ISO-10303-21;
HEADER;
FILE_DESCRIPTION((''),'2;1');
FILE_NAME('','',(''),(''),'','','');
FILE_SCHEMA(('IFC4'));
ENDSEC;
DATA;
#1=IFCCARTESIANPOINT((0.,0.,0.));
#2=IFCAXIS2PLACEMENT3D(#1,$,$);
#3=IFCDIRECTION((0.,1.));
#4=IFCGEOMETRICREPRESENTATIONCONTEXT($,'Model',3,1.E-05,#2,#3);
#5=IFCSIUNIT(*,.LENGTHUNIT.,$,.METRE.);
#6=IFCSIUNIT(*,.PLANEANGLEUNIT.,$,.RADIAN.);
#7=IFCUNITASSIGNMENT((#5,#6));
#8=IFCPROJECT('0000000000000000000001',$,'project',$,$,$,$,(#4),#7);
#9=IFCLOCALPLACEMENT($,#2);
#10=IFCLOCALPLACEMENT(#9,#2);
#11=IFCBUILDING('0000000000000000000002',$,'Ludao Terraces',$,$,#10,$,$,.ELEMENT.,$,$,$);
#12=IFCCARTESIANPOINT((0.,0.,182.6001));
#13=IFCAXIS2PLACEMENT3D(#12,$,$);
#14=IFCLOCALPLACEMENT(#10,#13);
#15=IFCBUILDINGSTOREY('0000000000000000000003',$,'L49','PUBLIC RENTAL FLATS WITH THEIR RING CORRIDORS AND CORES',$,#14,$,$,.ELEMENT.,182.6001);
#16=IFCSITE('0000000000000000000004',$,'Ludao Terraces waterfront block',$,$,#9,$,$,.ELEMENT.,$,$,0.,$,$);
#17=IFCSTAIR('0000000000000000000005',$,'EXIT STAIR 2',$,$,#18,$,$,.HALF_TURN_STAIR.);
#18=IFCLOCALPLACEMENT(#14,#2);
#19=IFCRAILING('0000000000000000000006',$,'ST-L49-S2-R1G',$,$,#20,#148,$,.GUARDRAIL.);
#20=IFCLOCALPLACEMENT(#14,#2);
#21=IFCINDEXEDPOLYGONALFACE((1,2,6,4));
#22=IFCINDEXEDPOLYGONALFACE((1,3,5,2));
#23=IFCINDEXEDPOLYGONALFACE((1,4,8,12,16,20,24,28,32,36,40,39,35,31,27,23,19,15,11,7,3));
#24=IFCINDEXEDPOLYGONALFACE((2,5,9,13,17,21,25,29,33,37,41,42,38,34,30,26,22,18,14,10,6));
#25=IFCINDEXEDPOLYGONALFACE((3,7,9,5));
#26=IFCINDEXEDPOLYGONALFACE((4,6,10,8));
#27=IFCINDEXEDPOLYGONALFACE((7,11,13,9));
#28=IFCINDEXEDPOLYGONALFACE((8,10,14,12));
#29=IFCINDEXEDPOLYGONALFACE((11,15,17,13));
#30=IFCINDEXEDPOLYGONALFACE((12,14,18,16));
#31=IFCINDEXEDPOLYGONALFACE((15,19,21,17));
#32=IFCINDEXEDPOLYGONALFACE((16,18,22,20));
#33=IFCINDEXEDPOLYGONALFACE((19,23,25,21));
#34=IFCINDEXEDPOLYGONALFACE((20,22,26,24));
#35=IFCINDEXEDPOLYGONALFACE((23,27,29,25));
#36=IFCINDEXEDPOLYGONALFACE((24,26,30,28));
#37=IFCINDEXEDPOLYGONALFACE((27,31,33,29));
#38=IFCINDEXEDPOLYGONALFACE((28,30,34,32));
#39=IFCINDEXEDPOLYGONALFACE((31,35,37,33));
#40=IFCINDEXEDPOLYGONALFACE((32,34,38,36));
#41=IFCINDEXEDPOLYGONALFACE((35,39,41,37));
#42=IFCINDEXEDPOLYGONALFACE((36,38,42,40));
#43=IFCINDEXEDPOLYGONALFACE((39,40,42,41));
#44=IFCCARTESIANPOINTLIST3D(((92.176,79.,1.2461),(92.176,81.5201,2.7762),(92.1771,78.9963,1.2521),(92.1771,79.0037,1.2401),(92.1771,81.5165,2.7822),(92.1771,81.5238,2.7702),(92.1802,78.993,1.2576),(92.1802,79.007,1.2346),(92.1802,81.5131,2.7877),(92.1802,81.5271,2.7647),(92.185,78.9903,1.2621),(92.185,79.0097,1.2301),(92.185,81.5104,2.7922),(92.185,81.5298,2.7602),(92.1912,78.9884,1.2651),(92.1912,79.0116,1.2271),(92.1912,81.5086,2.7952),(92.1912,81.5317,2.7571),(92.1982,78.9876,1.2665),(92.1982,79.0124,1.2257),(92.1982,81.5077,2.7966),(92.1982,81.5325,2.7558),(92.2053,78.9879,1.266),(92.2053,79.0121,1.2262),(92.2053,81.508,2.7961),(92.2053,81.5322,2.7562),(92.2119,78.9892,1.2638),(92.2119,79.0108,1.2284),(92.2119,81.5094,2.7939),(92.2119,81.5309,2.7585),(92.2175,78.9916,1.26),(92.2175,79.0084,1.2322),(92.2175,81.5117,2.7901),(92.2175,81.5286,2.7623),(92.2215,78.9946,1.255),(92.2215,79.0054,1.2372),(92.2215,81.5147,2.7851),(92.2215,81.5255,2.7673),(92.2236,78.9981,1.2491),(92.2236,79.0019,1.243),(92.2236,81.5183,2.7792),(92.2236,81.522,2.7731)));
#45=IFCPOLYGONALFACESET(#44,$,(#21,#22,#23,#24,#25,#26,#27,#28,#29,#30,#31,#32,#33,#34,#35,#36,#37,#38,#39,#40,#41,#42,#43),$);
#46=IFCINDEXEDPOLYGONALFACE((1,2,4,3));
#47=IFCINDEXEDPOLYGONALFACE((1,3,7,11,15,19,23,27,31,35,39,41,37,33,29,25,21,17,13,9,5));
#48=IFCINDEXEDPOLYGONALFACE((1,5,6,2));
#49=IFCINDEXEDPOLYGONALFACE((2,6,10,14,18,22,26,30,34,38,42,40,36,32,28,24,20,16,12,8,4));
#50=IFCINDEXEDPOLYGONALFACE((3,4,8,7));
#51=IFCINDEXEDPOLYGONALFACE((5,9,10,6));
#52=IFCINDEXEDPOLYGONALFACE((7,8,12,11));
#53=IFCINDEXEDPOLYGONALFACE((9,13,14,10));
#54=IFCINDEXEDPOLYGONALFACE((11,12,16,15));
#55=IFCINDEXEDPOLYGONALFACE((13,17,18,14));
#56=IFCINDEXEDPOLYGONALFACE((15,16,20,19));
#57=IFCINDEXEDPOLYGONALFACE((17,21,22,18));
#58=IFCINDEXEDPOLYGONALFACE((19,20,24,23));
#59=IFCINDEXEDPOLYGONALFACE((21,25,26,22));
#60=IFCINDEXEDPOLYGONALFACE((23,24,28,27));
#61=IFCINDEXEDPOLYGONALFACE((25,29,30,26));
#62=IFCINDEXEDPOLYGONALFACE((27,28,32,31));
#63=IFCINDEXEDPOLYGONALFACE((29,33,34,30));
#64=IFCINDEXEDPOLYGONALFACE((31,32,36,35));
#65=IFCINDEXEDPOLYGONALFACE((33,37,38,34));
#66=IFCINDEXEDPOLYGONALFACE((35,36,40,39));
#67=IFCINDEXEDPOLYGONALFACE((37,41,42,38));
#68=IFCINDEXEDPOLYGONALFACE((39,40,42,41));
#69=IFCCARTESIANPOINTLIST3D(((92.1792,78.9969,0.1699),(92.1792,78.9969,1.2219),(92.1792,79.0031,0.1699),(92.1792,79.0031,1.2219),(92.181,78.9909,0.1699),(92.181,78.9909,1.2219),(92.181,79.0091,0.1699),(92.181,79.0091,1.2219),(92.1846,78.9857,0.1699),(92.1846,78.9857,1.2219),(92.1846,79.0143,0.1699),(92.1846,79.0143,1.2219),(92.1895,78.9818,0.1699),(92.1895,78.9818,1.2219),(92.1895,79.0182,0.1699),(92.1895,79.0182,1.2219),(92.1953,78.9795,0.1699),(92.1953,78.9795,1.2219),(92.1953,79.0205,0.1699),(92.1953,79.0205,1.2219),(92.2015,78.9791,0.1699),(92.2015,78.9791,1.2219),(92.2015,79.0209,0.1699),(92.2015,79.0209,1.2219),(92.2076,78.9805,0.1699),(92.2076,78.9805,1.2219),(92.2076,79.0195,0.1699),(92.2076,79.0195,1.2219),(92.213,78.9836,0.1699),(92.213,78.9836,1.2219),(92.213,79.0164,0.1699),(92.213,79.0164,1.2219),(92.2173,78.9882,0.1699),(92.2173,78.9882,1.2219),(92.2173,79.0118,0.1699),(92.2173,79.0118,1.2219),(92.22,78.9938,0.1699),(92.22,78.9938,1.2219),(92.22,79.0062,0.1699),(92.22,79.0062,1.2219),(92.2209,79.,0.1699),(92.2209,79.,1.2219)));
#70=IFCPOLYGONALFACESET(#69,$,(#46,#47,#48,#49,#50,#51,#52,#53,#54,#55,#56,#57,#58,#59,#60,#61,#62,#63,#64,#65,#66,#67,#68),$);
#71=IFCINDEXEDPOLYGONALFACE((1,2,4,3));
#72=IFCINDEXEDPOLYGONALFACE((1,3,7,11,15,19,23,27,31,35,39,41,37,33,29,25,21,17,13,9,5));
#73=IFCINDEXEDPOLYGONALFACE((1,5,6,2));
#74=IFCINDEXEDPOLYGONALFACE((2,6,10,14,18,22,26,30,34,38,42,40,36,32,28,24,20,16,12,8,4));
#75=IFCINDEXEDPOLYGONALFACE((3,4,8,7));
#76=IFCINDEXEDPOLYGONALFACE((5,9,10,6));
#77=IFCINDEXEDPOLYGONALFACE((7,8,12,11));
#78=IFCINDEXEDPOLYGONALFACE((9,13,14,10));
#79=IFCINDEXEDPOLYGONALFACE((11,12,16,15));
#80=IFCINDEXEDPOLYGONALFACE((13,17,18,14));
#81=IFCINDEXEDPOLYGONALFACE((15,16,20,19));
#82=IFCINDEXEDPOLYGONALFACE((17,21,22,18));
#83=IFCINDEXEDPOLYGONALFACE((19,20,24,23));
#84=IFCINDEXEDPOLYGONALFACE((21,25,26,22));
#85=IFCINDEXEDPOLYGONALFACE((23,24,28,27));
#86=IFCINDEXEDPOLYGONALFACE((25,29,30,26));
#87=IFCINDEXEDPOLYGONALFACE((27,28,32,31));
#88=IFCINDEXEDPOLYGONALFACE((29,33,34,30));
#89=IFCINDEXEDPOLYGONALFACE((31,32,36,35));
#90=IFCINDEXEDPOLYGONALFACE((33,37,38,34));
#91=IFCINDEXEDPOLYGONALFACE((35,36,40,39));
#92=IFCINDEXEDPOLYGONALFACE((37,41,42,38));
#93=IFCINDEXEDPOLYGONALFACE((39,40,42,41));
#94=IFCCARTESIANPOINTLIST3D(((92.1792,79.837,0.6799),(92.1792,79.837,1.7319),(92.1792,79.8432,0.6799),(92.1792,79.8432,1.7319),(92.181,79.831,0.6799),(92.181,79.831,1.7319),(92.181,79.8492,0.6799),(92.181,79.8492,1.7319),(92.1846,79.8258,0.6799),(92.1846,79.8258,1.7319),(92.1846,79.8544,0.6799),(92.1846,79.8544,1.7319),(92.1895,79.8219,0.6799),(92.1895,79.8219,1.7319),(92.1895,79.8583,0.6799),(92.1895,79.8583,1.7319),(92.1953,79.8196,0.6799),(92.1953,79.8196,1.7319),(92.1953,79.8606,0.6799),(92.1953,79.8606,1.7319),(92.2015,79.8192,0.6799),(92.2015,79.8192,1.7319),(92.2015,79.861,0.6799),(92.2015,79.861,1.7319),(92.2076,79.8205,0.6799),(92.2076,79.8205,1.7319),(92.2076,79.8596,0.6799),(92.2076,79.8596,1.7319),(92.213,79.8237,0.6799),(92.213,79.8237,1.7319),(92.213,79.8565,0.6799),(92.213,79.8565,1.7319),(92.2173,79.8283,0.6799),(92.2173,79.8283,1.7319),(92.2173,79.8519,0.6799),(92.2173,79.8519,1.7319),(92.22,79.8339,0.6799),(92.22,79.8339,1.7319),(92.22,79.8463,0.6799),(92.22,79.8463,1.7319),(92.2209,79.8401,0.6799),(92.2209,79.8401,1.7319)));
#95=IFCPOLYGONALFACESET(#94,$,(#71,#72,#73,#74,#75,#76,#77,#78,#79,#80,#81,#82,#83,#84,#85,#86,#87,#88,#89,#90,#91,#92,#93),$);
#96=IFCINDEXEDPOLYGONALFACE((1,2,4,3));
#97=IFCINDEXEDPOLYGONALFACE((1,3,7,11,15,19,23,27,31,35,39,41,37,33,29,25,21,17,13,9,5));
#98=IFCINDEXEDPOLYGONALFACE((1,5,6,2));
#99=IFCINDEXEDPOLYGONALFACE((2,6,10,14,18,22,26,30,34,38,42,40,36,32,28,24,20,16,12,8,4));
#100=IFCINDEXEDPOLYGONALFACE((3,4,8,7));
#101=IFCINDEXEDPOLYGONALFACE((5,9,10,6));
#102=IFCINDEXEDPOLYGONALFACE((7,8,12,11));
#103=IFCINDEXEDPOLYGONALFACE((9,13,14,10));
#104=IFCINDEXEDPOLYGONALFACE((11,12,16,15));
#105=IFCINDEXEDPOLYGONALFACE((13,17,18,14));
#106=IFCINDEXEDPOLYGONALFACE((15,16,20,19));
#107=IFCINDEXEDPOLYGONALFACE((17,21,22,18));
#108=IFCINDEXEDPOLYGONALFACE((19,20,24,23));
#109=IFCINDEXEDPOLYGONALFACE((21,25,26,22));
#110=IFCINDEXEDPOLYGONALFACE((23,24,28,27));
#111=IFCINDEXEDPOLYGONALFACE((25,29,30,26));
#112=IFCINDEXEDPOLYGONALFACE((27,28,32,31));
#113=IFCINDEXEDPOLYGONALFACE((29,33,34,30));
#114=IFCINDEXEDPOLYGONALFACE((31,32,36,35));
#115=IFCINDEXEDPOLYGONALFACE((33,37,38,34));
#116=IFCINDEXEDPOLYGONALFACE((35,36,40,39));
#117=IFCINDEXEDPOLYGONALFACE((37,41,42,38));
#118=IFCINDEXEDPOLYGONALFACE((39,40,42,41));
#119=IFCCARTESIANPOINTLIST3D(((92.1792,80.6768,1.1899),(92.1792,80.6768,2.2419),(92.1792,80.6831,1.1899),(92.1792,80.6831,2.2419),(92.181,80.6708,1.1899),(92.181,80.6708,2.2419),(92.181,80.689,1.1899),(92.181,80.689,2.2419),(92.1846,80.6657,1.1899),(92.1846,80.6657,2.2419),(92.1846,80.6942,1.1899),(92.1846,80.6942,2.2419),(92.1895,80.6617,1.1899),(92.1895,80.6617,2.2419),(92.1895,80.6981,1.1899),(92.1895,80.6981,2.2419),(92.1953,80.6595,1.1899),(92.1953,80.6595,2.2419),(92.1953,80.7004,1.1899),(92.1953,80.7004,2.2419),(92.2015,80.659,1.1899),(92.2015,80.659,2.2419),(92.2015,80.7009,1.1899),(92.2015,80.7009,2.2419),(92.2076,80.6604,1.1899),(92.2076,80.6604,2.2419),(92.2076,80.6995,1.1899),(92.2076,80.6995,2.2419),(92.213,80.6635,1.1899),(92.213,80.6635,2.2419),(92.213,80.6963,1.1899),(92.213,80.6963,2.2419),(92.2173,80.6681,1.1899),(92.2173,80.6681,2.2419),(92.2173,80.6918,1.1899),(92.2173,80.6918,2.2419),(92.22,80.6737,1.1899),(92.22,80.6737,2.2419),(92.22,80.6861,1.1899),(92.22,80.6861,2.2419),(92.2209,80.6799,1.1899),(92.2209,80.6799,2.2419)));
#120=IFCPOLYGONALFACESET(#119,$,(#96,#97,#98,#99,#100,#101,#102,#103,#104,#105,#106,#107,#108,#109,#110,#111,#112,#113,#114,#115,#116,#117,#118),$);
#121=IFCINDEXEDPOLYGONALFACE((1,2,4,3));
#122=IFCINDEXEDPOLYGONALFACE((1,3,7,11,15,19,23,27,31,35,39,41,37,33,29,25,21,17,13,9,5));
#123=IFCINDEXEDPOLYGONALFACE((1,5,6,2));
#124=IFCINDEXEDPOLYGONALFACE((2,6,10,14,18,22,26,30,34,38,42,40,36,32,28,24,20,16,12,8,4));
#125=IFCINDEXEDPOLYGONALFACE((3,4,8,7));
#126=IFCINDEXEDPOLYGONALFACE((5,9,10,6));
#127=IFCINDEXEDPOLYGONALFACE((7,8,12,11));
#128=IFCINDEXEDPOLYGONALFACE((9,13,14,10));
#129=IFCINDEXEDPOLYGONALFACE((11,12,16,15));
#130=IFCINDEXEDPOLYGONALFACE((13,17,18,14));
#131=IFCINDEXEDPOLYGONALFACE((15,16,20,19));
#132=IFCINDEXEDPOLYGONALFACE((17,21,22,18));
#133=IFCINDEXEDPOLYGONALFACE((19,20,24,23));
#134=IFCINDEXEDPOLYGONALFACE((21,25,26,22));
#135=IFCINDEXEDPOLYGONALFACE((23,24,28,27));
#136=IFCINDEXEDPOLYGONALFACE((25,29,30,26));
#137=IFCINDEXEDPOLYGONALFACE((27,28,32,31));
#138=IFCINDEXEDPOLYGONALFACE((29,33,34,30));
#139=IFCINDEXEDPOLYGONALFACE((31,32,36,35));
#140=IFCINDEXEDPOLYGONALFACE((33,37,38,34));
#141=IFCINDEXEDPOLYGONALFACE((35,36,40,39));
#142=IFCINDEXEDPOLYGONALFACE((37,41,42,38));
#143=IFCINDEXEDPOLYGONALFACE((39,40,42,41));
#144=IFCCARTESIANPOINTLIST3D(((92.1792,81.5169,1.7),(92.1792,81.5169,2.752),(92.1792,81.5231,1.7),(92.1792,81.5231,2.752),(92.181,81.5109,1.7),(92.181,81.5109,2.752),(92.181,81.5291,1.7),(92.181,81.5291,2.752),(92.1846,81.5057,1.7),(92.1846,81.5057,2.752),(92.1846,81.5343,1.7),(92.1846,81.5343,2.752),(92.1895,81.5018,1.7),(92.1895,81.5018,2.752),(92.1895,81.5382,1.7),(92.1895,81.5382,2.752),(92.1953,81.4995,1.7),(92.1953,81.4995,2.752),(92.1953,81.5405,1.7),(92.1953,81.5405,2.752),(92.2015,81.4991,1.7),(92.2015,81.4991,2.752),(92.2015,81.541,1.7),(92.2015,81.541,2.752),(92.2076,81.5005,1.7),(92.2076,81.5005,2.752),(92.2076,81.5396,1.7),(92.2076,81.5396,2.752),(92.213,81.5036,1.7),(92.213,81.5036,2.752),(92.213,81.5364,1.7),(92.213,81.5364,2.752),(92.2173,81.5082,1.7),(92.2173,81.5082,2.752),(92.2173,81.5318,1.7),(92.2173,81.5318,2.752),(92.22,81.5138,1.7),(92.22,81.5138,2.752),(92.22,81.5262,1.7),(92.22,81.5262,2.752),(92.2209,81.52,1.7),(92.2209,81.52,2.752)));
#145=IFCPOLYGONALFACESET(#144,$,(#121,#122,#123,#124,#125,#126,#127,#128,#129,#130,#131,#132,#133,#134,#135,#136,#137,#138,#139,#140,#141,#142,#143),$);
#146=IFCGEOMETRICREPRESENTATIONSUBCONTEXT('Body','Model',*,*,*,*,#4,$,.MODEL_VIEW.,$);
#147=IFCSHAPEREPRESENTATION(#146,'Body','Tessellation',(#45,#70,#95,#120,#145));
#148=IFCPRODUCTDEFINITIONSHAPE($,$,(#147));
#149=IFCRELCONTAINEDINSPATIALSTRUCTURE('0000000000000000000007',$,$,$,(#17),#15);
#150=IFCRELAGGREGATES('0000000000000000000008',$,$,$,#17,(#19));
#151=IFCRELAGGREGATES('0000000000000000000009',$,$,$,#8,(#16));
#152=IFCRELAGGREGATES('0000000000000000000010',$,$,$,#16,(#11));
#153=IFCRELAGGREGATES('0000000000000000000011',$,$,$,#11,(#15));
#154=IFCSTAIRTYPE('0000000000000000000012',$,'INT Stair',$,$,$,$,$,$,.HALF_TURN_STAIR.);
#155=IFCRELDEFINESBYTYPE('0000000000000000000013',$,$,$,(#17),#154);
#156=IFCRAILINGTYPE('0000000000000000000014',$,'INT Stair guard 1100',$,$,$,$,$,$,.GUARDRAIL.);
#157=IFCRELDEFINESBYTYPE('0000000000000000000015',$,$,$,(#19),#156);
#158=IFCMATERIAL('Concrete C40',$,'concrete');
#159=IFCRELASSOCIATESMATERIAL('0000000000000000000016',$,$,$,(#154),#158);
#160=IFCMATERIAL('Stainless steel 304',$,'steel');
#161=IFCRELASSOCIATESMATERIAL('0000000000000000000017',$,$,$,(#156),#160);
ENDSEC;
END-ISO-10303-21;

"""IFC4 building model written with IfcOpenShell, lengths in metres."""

from ifc_helpers import new_model, si_unit, direction, frame, origin, origin_2d, place, context, subcontext, project, spatial, circle, extrude, material, type_object, element, aggregate, save


model = new_model("IFC4")

# Units and contexts
model_context = context("Model", 3, precision=1e-05, world=origin(), true_north=direction((0.0, 1.0)))
body_context = subcontext(model_context, "Body", "Model", "MODEL_VIEW")
ifc_project = project(units=[si_unit("LENGTHUNIT", "METRE"), si_unit("PLANEANGLEUNIT", "RADIAN")], contexts=[model_context])

# Site, building, storey
site_placement = place(None, origin())
site = spatial("IfcSite", under=ifc_project, at=site_placement, Name="Ludao Terraces waterfront block", CompositionType="ELEMENT", RefElevation=0.0)
building_placement = place(site_placement, origin())
building = spatial("IfcBuilding", under=site, at=building_placement, Name="Ludao Terraces", CompositionType="ELEMENT")
storey_placement = place(building_placement, frame((0.0, 0.0, 182.6001)))
storey = spatial("IfcBuildingStorey", under=building, at=storey_placement, Name="L49", Description="PUBLIC RENTAL FLATS WITH THEIR RING CORRIDORS AND CORES", CompositionType="ELEMENT", Elevation=182.6001)

# Shared definitions
ifc_material_1 = material(Name="Concrete C40", Category="concrete")

# Shared definitions
ifc_material_2 = material(Name="Stainless steel 304", Category="steel")

# Stair, railing
stair_type = type_object("IfcStairType", Name="INT Stair", PredefinedType="HALF_TURN_STAIR", material=ifc_material_1)
stair_placement = place(storey_placement, origin())
stair = element("IfcStair", 1, at=stair_placement, inside=storey, type_object=stair_type, Name="EXIT STAIR 2", PredefinedType="HALF_TURN_STAIR")
railing_type_1 = type_object("IfcRailingType", Name="INT Stair guard 1100", PredefinedType="GUARDRAIL", material=ifc_material_2)
railing_1_placement = place(storey_placement, frame((92.2, 79.0, 0.1699)))
railing_1 = element("IfcRailing", 2, at=railing_1_placement, type_object=railing_type_1, Name="ST-L49-S2-R1G", PredefinedType="GUARDRAIL", context=body_context, shape_type="SweptSolid", body=[
    extrude(circle(Radius=0.0239, at=origin_2d()), frame((0.0, 0.0, 1.0762), z_axis=(0.0, 0.854785, 0.518982), x_axis=(-1.0, 0.0, 0.0)), (0.0, 0.0, 1.0), 2.9482),
    extrude(circle(Radius=0.021, at=origin_2d()), origin(), (0.0, 0.0, 1.0), 1.052),
    extrude(circle(Radius=0.021, at=origin_2d()), frame((0.0, 0.8401, 0.51)), (0.0, 0.0, 1.0), 1.052),
    extrude(circle(Radius=0.021, at=origin_2d()), frame((0.0, 1.6799, 1.02)), (0.0, 0.0, 1.0), 1.052),
    extrude(circle(Radius=0.021, at=origin_2d()), frame((0.0, 2.52, 1.53)), (0.0, 0.0, 1.0), 1.052),
])
aggregate(stair, [railing_1])

save(model, "model.ifc")
